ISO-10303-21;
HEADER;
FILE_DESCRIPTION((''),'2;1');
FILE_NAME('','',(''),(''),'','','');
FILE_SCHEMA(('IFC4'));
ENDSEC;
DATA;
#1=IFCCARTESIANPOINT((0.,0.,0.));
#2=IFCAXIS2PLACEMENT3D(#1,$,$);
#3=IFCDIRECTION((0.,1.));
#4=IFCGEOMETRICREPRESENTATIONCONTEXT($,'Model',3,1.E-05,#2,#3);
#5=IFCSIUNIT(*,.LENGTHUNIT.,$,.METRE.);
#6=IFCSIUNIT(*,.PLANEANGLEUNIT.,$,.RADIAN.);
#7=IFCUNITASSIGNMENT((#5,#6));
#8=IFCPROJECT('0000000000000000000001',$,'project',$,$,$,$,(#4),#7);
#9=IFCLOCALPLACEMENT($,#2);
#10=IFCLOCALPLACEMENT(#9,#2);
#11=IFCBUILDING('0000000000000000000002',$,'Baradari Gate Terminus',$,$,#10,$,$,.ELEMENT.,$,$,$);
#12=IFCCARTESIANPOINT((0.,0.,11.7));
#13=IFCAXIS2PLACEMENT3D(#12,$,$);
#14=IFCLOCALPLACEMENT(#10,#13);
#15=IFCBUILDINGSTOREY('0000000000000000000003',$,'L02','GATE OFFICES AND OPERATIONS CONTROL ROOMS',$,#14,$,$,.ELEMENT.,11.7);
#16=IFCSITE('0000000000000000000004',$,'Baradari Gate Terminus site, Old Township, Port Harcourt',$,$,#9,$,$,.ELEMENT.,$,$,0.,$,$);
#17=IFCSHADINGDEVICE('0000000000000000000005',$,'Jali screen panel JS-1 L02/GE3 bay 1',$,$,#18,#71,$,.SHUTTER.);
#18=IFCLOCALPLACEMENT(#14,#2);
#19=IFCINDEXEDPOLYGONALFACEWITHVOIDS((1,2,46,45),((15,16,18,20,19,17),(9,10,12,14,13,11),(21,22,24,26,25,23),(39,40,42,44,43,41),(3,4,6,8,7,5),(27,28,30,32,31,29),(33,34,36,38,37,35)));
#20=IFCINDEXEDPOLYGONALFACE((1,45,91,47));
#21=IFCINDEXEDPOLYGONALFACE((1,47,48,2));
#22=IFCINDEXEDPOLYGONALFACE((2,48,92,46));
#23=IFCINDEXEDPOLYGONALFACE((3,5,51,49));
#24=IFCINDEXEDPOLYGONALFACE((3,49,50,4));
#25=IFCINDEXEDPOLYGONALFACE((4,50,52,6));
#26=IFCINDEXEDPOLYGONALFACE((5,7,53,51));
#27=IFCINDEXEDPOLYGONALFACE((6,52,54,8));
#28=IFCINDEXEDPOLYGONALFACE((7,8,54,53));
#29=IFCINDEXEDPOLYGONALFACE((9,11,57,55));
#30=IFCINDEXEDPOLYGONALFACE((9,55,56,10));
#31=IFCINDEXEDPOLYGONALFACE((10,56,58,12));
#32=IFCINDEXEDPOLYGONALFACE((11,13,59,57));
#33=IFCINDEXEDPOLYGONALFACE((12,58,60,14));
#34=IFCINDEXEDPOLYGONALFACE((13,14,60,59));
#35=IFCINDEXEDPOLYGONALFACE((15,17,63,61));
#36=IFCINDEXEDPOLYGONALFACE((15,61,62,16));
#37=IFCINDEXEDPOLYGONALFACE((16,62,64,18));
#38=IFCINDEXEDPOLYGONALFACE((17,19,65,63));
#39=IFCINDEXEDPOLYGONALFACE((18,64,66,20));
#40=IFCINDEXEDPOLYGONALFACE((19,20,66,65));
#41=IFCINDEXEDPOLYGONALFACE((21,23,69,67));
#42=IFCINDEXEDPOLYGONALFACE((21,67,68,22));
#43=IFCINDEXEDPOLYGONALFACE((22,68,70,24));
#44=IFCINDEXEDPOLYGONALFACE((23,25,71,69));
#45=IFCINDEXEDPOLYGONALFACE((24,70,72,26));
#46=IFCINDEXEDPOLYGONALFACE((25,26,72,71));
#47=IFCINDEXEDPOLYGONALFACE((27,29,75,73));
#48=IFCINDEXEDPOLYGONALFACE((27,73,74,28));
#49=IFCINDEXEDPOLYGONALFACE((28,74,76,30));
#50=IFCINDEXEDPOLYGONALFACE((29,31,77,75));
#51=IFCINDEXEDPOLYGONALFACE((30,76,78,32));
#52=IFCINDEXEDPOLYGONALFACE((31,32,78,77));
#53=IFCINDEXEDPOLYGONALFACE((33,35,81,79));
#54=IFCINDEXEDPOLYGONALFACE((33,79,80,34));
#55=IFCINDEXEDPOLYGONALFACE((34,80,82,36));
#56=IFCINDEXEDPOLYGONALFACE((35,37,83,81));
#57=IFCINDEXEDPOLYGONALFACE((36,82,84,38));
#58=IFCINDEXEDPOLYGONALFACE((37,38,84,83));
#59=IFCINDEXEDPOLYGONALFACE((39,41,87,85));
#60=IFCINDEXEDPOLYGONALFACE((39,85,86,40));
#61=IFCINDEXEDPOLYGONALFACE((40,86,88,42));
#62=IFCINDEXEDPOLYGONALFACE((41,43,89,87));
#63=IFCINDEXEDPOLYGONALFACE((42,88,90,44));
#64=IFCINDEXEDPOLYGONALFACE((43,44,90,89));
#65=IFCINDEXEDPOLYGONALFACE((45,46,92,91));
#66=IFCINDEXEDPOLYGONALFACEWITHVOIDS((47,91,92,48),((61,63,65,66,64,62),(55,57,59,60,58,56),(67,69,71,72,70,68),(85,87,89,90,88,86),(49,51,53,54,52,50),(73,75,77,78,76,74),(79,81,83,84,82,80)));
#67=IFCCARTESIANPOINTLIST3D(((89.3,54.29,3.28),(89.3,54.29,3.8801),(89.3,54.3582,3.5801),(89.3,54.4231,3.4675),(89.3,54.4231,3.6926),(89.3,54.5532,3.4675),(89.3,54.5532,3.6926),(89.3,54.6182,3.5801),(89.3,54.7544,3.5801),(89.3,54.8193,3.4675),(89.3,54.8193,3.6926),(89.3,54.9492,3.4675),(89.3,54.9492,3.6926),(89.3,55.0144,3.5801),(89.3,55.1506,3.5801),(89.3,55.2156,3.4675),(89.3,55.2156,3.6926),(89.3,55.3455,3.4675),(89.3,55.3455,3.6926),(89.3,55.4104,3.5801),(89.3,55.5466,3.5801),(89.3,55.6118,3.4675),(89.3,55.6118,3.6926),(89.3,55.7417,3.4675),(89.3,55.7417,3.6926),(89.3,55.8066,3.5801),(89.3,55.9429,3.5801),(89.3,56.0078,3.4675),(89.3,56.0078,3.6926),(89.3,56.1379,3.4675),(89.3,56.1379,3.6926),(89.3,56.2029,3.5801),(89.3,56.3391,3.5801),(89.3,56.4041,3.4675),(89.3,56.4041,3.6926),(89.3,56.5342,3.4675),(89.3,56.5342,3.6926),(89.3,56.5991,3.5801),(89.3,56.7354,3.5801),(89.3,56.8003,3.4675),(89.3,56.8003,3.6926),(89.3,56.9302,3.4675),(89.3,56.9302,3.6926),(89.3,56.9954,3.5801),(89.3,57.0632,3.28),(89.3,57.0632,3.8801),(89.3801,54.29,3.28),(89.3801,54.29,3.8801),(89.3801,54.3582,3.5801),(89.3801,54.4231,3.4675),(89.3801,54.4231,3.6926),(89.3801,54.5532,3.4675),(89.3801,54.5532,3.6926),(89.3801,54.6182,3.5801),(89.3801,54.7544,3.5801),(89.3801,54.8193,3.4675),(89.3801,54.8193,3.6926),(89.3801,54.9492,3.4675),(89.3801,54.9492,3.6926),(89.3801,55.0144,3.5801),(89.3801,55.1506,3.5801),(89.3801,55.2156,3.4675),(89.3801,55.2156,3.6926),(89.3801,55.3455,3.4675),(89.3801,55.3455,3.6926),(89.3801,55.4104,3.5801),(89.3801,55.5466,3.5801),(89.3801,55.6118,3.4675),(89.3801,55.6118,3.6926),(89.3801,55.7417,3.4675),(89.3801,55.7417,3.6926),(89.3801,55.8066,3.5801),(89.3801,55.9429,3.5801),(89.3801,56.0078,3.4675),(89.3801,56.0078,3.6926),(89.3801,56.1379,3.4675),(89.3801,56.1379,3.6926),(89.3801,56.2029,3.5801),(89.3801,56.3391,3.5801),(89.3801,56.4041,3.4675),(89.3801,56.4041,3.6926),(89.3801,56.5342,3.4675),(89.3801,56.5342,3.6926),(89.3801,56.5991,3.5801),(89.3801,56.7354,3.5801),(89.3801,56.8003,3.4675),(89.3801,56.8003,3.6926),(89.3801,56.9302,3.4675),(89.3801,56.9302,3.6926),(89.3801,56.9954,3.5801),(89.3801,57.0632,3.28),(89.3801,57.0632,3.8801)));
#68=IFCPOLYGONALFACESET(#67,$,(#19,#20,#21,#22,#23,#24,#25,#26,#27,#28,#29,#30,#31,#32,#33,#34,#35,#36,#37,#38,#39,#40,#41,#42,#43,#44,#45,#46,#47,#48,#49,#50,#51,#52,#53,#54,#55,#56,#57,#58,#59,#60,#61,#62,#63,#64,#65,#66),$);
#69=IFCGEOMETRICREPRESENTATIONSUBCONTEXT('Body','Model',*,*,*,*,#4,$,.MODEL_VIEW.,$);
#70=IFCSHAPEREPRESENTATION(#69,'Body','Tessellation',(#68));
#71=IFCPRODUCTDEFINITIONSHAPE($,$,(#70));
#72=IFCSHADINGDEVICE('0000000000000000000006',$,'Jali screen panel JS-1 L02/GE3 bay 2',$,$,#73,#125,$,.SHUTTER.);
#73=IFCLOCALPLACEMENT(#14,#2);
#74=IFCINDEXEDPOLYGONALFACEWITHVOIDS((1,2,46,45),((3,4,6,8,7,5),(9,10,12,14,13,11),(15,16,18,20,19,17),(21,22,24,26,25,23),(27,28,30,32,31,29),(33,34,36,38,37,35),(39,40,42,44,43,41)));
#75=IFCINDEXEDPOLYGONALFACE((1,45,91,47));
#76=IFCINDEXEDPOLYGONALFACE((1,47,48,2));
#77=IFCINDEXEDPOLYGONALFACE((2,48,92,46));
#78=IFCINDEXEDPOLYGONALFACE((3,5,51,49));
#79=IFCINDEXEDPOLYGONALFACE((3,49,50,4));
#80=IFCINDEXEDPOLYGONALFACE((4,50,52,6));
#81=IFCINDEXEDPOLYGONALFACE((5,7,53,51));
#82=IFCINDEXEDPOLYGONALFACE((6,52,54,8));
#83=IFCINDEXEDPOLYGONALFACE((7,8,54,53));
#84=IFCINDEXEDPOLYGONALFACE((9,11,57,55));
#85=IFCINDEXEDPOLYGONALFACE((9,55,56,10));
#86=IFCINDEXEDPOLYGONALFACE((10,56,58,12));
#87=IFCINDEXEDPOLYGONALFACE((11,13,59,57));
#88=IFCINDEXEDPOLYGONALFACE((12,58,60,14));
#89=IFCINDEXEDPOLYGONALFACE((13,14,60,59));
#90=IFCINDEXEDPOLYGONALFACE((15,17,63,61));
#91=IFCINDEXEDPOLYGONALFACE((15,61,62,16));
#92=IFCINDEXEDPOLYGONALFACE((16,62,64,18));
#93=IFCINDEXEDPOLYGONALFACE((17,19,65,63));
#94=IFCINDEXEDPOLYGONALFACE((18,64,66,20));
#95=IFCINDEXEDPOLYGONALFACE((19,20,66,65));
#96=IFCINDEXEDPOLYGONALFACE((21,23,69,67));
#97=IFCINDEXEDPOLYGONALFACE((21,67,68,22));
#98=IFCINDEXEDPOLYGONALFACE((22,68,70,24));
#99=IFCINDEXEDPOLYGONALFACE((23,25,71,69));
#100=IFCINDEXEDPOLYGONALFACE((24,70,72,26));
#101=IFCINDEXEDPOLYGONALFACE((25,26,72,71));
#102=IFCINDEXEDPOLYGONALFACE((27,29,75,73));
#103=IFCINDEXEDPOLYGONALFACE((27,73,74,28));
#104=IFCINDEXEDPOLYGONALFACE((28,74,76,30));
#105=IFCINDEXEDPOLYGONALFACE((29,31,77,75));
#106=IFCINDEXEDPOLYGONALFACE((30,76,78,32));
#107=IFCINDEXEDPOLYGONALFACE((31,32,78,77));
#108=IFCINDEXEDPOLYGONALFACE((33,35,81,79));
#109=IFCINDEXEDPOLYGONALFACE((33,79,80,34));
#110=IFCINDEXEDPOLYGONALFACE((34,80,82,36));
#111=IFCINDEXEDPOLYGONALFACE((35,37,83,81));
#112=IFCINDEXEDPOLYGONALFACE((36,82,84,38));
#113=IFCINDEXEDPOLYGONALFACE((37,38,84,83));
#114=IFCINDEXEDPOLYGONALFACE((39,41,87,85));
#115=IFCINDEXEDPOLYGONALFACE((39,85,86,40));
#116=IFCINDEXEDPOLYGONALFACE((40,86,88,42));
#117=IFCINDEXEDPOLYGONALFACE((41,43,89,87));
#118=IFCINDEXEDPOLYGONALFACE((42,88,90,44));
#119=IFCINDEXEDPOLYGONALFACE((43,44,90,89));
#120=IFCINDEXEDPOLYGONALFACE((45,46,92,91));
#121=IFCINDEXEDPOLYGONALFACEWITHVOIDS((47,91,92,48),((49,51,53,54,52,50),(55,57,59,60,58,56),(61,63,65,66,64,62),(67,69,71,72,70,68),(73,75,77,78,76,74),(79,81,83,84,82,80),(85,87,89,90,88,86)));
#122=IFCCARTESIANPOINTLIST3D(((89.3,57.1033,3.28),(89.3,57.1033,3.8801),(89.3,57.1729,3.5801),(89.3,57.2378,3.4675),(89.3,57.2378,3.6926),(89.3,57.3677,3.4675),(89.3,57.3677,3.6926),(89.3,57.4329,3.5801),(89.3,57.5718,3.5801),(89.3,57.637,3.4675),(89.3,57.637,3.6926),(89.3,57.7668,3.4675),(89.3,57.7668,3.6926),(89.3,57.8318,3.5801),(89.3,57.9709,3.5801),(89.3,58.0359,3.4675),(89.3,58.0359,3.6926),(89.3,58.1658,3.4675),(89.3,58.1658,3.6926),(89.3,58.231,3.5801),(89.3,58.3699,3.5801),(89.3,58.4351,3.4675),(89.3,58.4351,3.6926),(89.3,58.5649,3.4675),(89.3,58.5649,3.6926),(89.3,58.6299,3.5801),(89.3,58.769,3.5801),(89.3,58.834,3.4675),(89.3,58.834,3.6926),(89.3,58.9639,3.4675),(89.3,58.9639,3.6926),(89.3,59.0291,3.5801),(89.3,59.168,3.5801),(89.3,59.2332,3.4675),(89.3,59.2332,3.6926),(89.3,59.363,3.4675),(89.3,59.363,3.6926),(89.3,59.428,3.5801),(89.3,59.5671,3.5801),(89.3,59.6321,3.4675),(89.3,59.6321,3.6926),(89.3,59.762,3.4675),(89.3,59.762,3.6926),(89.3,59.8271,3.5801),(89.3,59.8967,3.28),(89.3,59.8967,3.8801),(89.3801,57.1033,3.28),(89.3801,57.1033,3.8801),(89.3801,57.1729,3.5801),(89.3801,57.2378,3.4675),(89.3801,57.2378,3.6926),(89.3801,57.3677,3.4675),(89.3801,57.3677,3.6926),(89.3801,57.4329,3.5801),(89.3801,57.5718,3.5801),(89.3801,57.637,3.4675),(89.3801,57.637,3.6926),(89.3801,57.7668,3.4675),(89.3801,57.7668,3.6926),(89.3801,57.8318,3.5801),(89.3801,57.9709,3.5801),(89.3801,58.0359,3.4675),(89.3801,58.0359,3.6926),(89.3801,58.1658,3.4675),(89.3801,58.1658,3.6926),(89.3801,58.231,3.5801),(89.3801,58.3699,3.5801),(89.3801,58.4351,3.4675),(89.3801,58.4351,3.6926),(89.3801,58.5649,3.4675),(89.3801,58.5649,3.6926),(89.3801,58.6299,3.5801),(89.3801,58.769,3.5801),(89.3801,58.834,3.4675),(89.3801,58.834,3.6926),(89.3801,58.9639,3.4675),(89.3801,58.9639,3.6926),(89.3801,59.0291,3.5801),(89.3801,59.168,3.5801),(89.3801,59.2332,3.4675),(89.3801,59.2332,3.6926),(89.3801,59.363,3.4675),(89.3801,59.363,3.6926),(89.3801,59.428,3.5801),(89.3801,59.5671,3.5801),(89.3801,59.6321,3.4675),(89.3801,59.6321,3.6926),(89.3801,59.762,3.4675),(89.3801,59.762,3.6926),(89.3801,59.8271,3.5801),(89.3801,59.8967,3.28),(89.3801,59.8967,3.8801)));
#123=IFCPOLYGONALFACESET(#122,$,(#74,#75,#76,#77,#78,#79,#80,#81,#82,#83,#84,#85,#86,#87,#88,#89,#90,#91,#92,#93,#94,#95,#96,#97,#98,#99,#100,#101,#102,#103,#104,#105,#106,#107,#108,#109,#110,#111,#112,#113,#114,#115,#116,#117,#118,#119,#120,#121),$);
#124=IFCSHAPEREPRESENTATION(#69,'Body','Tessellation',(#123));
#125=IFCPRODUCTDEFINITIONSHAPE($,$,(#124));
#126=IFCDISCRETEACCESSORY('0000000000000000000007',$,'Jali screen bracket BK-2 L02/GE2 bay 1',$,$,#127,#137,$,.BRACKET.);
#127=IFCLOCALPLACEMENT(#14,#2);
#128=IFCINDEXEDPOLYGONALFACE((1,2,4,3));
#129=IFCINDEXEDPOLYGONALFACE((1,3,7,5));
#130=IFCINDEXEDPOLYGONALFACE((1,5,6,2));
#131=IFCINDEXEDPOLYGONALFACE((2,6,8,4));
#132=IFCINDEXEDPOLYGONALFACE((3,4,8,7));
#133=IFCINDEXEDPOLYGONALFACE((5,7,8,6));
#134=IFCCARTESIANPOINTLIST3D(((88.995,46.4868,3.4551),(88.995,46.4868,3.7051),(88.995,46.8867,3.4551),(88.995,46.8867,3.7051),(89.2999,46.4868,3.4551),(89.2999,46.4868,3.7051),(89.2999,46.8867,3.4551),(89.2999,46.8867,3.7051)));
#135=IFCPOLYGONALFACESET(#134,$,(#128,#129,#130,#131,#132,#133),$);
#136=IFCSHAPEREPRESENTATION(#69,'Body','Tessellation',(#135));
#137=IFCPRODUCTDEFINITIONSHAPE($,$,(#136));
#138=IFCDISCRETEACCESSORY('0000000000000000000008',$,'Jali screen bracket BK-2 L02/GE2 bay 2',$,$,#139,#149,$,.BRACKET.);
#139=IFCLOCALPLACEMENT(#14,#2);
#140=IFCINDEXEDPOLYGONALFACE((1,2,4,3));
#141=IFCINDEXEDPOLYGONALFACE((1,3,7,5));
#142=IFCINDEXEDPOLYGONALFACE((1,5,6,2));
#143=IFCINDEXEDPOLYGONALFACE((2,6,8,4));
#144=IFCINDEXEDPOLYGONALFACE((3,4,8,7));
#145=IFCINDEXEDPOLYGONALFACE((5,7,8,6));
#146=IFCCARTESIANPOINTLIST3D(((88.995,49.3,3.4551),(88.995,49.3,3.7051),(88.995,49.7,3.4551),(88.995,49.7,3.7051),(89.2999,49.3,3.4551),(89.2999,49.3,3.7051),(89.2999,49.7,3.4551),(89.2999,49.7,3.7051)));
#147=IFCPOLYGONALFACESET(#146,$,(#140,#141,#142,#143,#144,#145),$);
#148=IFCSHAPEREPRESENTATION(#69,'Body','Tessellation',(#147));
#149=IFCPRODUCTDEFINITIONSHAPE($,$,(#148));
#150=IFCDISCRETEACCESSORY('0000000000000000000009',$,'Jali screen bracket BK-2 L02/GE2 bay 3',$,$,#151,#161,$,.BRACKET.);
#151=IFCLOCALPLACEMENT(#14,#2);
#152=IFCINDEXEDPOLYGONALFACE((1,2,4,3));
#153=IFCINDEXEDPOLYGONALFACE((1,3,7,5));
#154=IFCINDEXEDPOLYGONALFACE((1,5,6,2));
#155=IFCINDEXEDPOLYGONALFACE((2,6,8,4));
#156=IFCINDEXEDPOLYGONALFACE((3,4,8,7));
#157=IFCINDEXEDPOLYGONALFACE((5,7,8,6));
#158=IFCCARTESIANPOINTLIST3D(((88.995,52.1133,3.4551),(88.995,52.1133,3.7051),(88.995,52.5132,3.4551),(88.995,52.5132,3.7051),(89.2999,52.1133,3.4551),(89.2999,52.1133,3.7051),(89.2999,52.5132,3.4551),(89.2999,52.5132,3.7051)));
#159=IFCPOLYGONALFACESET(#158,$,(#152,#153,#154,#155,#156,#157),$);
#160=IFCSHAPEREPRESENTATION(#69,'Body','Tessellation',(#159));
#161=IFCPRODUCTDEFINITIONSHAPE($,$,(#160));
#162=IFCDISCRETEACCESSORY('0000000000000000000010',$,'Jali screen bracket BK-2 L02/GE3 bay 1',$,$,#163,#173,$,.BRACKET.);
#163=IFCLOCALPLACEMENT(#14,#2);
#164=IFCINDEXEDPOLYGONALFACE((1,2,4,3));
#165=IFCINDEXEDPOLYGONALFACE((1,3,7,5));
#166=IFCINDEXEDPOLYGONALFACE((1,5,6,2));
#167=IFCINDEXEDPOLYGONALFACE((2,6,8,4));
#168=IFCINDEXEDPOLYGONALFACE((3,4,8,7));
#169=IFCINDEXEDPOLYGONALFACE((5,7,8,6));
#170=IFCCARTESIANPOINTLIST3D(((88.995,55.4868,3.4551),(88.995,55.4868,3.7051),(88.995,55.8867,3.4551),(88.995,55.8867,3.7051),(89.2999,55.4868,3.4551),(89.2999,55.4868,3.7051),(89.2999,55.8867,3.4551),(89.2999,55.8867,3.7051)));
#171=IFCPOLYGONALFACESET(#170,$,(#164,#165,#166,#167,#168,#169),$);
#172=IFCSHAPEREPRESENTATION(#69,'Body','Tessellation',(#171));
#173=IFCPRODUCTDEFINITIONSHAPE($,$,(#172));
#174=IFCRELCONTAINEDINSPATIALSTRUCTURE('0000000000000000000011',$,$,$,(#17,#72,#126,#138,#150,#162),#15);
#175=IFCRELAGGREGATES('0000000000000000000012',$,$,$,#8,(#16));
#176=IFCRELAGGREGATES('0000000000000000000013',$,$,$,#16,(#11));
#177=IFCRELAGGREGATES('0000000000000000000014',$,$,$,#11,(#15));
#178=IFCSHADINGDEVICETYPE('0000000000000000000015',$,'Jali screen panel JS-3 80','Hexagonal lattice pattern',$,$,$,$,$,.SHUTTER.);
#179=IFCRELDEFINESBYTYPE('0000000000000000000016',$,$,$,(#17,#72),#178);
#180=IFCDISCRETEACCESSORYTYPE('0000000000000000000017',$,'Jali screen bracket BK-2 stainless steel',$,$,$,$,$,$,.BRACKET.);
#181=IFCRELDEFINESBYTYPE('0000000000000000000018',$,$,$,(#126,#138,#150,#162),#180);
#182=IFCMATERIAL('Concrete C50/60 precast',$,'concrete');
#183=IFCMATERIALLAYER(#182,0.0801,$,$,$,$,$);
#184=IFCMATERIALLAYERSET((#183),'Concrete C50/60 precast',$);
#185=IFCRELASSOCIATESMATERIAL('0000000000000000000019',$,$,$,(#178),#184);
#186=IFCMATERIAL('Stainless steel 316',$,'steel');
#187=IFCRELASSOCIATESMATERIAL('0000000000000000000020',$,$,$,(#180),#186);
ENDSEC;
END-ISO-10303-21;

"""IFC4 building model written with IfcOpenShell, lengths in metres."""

from ifc_helpers import new_model, si_unit, direction, frame, origin, origin_2d, place, context, subcontext, project, spatial, polyline, rectangle, outline, extrude, material, layer, layer_set, type_object, element, save


model = new_model("IFC4")

# Units and contexts
model_context = context("Model", 3, precision=1e-05, world=origin(), true_north=direction((0.0, 1.0)))
body_context = subcontext(model_context, "Body", "Model", "MODEL_VIEW")
ifc_project = project(units=[si_unit("LENGTHUNIT", "METRE"), si_unit("PLANEANGLEUNIT", "RADIAN")], contexts=[model_context])

# Site, building, storey
site_placement = place(None, origin())
site = spatial("IfcSite", under=ifc_project, at=site_placement, Name="Baradari Gate Terminus site, Old Township, Port Harcourt", CompositionType="ELEMENT", RefElevation=0.0)
building_placement = place(site_placement, origin())
building = spatial("IfcBuilding", under=site, at=building_placement, Name="Baradari Gate Terminus", CompositionType="ELEMENT")
storey_placement = place(building_placement, frame((0.0, 0.0, 11.7)))
storey = spatial("IfcBuildingStorey", under=building, at=storey_placement, Name="L02", Description="GATE OFFICES AND OPERATIONS CONTROL ROOMS", CompositionType="ELEMENT", Elevation=11.7)

# Shading devices
ifc_material_1 = material(Name="Concrete C50/60 precast", Category="concrete")
ifc_layer = layer(ifc_material_1, 0.0801)
ifc_layer_set = layer_set([ifc_layer], Name="Concrete C50/60 precast")
shading_device_type = type_object("IfcShadingDeviceType", Name="Jali screen panel JS-3 80", Description="Hexagonal lattice pattern", PredefinedType="SHUTTER", material=ifc_layer_set)
shading_device_1_placement = place(storey_placement, frame((89.3401, 54.29, 3.28), z_axis=(0.0, 0.0, 1.0), x_axis=(0.0, 1.0, 0.0)))
element("IfcShadingDevice", 1, at=shading_device_1_placement, inside=storey, type_object=shading_device_type, Name="Jali screen panel JS-1 L02/GE3 bay 1", PredefinedType="SHUTTER", context=body_context, shape_type="SweptSolid", body=[
    extrude(outline(polyline([(0.0, 0.0), (2.7732, 0.0), (2.7732, 0.6001), (0.0, 0.6001), (0.0, 0.0)]), holes=[polyline([(0.3281, 0.3), (0.2632, 0.1875), (0.1331, 0.1875), (0.0681, 0.3), (0.1331, 0.4126), (0.2632, 0.4126), (0.3281, 0.3)]), polyline([(0.7244, 0.3), (0.6592, 0.1875), (0.5293, 0.1875), (0.4644, 0.3), (0.5293, 0.4126), (0.6592, 0.4126), (0.7244, 0.3)]), polyline([(1.1204, 0.3), (1.0554, 0.1875), (0.9255, 0.1875), (0.8606, 0.3), (0.9255, 0.4126), (1.0554, 0.4126), (1.1204, 0.3)]), polyline([(1.5166, 0.3), (1.4517, 0.1875), (1.3218, 0.1875), (1.2566, 0.3), (1.3218, 0.4126), (1.4517, 0.4126), (1.5166, 0.3)]), polyline([(1.9128, 0.3), (1.8479, 0.1875), (1.7178, 0.1875), (1.6528, 0.3), (1.7178, 0.4126), (1.8479, 0.4126), (1.9128, 0.3)]), polyline([(2.3091, 0.3), (2.2441, 0.1875), (2.114, 0.1875), (2.0491, 0.3), (2.114, 0.4126), (2.2441, 0.4126), (2.3091, 0.3)]), polyline([(2.7053, 0.3), (2.6401, 0.1875), (2.5103, 0.1875), (2.4453, 0.3), (2.5103, 0.4126), (2.6401, 0.4126), (2.7053, 0.3)])]), frame((0.0, 0.04, 0.0), z_axis=(0.0, -1.0, 0.0), x_axis=(1.0, 0.0, 0.0)), (0.0, 0.0, 1.0), 0.0801),
])
shading_device_2_placement = place(storey_placement, frame((89.3401, 57.1033, 3.28), z_axis=(0.0, 0.0, 1.0), x_axis=(0.0, 1.0, 0.0)))
element("IfcShadingDevice", 2, at=shading_device_2_placement, inside=storey, type_object=shading_device_type, Name="Jali screen panel JS-1 L02/GE3 bay 2", PredefinedType="SHUTTER", context=body_context, shape_type="SweptSolid", body=[
    extrude(outline(polyline([(0.0, 0.0), (2.7935, 0.0), (2.7935, 0.6001), (0.0, 0.6001), (0.0, 0.0)]), holes=[polyline([(0.3296, 0.3), (0.2644, 0.1875), (0.1345, 0.1875), (0.0696, 0.3), (0.1345, 0.4126), (0.2644, 0.4126), (0.3296, 0.3)]), polyline([(0.7285, 0.3), (0.6636, 0.1875), (0.5337, 0.1875), (0.4685, 0.3), (0.5337, 0.4126), (0.6636, 0.4126), (0.7285, 0.3)]), polyline([(1.1277, 0.3), (1.0625, 0.1875), (0.9326, 0.1875), (0.8677, 0.3), (0.9326, 0.4126), (1.0625, 0.4126), (1.1277, 0.3)]), polyline([(1.5266, 0.3), (1.4617, 0.1875), (1.3318, 0.1875), (1.2666, 0.3), (1.3318, 0.4126), (1.4617, 0.4126), (1.5266, 0.3)]), polyline([(1.9258, 0.3), (1.8606, 0.1875), (1.7307, 0.1875), (1.6658, 0.3), (1.7307, 0.4126), (1.8606, 0.4126), (1.9258, 0.3)]), polyline([(2.3247, 0.3), (2.2598, 0.1875), (2.1299, 0.1875), (2.0647, 0.3), (2.1299, 0.4126), (2.2598, 0.4126), (2.3247, 0.3)]), polyline([(2.7239, 0.3), (2.6587, 0.1875), (2.5288, 0.1875), (2.4639, 0.3), (2.5288, 0.4126), (2.6587, 0.4126), (2.7239, 0.3)])]), frame((0.0, 0.04, 0.0), z_axis=(0.0, -1.0, 0.0), x_axis=(1.0, 0.0, 0.0)), (0.0, 0.0, 1.0), 0.0801),
])

# Discrete accessories
ifc_material_2 = material(Name="Stainless steel 316", Category="steel")
discrete_accessory_type = type_object("IfcDiscreteAccessoryType", Name="Jali screen bracket BK-2 stainless steel", PredefinedType="BRACKET", material=ifc_material_2)
for number, where, z_axis, x_axis, name in (
    (3, (89.1475, 46.6868, 3.4551), (0.0, 0.0, 1.0), (1.0, 0.0, 0.0), "Jali screen bracket BK-2 L02/GE2 bay 1"),
    (4, (89.1475, 49.5, 3.4551), (0.0, 0.0, 1.0), (1.0, 0.0, 0.0), "Jali screen bracket BK-2 L02/GE2 bay 2"),
    (5, (89.1475, 52.3132, 3.4551), (0.0, 0.0, 1.0), (1.0, 0.0, 0.0), "Jali screen bracket BK-2 L02/GE2 bay 3"),
    (6, (89.1475, 55.6868, 3.4551), (0.0, 0.0, 1.0), (1.0, 0.0, 0.0), "Jali screen bracket BK-2 L02/GE3 bay 1"),
):
    element("IfcDiscreteAccessory", number, at=place(storey_placement, frame(where, z_axis=z_axis, x_axis=x_axis)), inside=storey, type_object=discrete_accessory_type, Name=name, PredefinedType="BRACKET", context=body_context, shape_type="SweptSolid", body=[
        extrude(rectangle(XDim=0.3049, YDim=0.3999, at=origin_2d()), origin(), (0.0, 0.0, 1.0), 0.25),
    ])

save(model, "model.ifc")
